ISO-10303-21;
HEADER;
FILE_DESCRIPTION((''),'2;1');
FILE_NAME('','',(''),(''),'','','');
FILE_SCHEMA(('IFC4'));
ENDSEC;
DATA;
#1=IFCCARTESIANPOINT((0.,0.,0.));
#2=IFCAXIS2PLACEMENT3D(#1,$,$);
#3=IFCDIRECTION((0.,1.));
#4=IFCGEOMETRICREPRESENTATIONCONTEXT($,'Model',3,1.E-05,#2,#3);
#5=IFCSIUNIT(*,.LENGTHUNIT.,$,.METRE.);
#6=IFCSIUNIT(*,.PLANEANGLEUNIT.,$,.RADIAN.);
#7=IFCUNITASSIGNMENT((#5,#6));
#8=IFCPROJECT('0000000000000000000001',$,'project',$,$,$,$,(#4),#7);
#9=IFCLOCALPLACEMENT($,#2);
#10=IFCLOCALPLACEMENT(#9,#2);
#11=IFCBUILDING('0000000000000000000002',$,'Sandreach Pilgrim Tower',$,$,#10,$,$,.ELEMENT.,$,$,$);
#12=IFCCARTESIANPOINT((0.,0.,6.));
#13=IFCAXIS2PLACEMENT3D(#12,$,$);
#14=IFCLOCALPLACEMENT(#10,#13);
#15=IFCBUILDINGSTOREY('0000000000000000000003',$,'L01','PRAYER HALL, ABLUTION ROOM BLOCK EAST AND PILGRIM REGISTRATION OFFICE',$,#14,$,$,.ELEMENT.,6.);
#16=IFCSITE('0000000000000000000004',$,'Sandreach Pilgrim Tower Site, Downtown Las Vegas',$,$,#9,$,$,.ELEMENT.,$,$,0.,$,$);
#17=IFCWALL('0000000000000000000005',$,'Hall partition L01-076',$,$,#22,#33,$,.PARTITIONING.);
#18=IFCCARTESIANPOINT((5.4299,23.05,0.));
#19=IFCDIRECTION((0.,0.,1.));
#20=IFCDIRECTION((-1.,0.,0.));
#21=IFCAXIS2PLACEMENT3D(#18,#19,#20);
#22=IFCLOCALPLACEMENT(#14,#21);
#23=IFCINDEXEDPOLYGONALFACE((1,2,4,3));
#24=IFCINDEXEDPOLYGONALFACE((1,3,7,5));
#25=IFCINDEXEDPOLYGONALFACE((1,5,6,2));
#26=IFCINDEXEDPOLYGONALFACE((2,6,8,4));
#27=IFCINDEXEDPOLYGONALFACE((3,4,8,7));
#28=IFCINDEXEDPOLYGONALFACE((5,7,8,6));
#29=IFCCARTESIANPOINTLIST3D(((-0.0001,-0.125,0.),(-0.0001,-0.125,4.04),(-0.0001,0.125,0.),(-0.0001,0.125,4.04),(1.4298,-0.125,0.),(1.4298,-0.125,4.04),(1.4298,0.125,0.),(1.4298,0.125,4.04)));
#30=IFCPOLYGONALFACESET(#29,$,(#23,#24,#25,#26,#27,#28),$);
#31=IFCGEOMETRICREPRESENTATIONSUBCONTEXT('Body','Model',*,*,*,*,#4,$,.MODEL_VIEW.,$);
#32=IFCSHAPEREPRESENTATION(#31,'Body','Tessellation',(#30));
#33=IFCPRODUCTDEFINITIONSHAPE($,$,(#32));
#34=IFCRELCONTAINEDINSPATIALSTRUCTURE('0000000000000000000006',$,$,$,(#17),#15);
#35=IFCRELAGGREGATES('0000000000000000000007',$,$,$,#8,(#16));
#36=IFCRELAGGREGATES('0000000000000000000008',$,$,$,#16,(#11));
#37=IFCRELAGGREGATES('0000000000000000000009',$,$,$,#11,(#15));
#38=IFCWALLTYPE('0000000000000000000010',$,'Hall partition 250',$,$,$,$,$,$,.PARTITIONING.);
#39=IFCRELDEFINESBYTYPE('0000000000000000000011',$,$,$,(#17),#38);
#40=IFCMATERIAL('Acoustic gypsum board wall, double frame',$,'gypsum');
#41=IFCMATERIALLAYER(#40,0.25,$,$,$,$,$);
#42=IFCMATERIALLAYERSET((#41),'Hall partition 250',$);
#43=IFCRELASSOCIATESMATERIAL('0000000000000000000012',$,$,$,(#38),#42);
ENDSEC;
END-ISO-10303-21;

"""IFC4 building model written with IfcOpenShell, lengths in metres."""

from ifc_helpers import new_model, si_unit, direction, frame, frame_2d, origin, place, context, subcontext, project, spatial, rectangle, extrude, material, layer, layer_set, type_object, element, save


model = new_model("IFC4")

# Units and contexts
model_context = context("Model", 3, precision=1e-05, world=origin(), true_north=direction((0.0, 1.0)))
body_context = subcontext(model_context, "Body", "Model", "MODEL_VIEW")
ifc_project = project(units=[si_unit("LENGTHUNIT", "METRE"), si_unit("PLANEANGLEUNIT", "RADIAN")], contexts=[model_context])

# Site, building, storey
site_placement = place(None, origin())
site = spatial("IfcSite", under=ifc_project, at=site_placement, Name="Sandreach Pilgrim Tower Site, Downtown Las Vegas", CompositionType="ELEMENT", RefElevation=0.0)
building_placement = place(site_placement, origin())
building = spatial("IfcBuilding", under=site, at=building_placement, Name="Sandreach Pilgrim Tower", CompositionType="ELEMENT")
storey_placement = place(building_placement, frame((0.0, 0.0, 6.0)))
storey = spatial("IfcBuildingStorey", under=building, at=storey_placement, Name="L01", Description="PRAYER HALL, ABLUTION ROOM BLOCK EAST AND PILGRIM REGISTRATION OFFICE", CompositionType="ELEMENT", Elevation=6.0)

# Shared definitions
ifc_material_1 = material(Name="Acoustic gypsum board wall, double frame", Category="gypsum")
ifc_layer_1 = layer(ifc_material_1, 0.25)
ifc_layer_set_1 = layer_set([ifc_layer_1], Name="Hall partition 250")
wall_type_1 = type_object("IfcWallType", Name="Hall partition 250", PredefinedType="PARTITIONING", material=ifc_layer_set_1)

# Wall
wall_1_placement = place(storey_placement, frame((5.4299, 23.05, 0.0), z_axis=(0.0, 0.0, 1.0), x_axis=(-1.0, 0.0, 0.0)))
element("IfcWall", 1, at=wall_1_placement, inside=storey, type_object=wall_type_1, Name="Hall partition L01-076", PredefinedType="PARTITIONING", context=body_context, shape_type="SweptSolid", body=[
    extrude(rectangle(XDim=1.4299, YDim=0.25, at=frame_2d((0.7148, 0.0))), origin(), (0.0, 0.0, 1.0), 4.04),
])

save(model, "model.ifc")
